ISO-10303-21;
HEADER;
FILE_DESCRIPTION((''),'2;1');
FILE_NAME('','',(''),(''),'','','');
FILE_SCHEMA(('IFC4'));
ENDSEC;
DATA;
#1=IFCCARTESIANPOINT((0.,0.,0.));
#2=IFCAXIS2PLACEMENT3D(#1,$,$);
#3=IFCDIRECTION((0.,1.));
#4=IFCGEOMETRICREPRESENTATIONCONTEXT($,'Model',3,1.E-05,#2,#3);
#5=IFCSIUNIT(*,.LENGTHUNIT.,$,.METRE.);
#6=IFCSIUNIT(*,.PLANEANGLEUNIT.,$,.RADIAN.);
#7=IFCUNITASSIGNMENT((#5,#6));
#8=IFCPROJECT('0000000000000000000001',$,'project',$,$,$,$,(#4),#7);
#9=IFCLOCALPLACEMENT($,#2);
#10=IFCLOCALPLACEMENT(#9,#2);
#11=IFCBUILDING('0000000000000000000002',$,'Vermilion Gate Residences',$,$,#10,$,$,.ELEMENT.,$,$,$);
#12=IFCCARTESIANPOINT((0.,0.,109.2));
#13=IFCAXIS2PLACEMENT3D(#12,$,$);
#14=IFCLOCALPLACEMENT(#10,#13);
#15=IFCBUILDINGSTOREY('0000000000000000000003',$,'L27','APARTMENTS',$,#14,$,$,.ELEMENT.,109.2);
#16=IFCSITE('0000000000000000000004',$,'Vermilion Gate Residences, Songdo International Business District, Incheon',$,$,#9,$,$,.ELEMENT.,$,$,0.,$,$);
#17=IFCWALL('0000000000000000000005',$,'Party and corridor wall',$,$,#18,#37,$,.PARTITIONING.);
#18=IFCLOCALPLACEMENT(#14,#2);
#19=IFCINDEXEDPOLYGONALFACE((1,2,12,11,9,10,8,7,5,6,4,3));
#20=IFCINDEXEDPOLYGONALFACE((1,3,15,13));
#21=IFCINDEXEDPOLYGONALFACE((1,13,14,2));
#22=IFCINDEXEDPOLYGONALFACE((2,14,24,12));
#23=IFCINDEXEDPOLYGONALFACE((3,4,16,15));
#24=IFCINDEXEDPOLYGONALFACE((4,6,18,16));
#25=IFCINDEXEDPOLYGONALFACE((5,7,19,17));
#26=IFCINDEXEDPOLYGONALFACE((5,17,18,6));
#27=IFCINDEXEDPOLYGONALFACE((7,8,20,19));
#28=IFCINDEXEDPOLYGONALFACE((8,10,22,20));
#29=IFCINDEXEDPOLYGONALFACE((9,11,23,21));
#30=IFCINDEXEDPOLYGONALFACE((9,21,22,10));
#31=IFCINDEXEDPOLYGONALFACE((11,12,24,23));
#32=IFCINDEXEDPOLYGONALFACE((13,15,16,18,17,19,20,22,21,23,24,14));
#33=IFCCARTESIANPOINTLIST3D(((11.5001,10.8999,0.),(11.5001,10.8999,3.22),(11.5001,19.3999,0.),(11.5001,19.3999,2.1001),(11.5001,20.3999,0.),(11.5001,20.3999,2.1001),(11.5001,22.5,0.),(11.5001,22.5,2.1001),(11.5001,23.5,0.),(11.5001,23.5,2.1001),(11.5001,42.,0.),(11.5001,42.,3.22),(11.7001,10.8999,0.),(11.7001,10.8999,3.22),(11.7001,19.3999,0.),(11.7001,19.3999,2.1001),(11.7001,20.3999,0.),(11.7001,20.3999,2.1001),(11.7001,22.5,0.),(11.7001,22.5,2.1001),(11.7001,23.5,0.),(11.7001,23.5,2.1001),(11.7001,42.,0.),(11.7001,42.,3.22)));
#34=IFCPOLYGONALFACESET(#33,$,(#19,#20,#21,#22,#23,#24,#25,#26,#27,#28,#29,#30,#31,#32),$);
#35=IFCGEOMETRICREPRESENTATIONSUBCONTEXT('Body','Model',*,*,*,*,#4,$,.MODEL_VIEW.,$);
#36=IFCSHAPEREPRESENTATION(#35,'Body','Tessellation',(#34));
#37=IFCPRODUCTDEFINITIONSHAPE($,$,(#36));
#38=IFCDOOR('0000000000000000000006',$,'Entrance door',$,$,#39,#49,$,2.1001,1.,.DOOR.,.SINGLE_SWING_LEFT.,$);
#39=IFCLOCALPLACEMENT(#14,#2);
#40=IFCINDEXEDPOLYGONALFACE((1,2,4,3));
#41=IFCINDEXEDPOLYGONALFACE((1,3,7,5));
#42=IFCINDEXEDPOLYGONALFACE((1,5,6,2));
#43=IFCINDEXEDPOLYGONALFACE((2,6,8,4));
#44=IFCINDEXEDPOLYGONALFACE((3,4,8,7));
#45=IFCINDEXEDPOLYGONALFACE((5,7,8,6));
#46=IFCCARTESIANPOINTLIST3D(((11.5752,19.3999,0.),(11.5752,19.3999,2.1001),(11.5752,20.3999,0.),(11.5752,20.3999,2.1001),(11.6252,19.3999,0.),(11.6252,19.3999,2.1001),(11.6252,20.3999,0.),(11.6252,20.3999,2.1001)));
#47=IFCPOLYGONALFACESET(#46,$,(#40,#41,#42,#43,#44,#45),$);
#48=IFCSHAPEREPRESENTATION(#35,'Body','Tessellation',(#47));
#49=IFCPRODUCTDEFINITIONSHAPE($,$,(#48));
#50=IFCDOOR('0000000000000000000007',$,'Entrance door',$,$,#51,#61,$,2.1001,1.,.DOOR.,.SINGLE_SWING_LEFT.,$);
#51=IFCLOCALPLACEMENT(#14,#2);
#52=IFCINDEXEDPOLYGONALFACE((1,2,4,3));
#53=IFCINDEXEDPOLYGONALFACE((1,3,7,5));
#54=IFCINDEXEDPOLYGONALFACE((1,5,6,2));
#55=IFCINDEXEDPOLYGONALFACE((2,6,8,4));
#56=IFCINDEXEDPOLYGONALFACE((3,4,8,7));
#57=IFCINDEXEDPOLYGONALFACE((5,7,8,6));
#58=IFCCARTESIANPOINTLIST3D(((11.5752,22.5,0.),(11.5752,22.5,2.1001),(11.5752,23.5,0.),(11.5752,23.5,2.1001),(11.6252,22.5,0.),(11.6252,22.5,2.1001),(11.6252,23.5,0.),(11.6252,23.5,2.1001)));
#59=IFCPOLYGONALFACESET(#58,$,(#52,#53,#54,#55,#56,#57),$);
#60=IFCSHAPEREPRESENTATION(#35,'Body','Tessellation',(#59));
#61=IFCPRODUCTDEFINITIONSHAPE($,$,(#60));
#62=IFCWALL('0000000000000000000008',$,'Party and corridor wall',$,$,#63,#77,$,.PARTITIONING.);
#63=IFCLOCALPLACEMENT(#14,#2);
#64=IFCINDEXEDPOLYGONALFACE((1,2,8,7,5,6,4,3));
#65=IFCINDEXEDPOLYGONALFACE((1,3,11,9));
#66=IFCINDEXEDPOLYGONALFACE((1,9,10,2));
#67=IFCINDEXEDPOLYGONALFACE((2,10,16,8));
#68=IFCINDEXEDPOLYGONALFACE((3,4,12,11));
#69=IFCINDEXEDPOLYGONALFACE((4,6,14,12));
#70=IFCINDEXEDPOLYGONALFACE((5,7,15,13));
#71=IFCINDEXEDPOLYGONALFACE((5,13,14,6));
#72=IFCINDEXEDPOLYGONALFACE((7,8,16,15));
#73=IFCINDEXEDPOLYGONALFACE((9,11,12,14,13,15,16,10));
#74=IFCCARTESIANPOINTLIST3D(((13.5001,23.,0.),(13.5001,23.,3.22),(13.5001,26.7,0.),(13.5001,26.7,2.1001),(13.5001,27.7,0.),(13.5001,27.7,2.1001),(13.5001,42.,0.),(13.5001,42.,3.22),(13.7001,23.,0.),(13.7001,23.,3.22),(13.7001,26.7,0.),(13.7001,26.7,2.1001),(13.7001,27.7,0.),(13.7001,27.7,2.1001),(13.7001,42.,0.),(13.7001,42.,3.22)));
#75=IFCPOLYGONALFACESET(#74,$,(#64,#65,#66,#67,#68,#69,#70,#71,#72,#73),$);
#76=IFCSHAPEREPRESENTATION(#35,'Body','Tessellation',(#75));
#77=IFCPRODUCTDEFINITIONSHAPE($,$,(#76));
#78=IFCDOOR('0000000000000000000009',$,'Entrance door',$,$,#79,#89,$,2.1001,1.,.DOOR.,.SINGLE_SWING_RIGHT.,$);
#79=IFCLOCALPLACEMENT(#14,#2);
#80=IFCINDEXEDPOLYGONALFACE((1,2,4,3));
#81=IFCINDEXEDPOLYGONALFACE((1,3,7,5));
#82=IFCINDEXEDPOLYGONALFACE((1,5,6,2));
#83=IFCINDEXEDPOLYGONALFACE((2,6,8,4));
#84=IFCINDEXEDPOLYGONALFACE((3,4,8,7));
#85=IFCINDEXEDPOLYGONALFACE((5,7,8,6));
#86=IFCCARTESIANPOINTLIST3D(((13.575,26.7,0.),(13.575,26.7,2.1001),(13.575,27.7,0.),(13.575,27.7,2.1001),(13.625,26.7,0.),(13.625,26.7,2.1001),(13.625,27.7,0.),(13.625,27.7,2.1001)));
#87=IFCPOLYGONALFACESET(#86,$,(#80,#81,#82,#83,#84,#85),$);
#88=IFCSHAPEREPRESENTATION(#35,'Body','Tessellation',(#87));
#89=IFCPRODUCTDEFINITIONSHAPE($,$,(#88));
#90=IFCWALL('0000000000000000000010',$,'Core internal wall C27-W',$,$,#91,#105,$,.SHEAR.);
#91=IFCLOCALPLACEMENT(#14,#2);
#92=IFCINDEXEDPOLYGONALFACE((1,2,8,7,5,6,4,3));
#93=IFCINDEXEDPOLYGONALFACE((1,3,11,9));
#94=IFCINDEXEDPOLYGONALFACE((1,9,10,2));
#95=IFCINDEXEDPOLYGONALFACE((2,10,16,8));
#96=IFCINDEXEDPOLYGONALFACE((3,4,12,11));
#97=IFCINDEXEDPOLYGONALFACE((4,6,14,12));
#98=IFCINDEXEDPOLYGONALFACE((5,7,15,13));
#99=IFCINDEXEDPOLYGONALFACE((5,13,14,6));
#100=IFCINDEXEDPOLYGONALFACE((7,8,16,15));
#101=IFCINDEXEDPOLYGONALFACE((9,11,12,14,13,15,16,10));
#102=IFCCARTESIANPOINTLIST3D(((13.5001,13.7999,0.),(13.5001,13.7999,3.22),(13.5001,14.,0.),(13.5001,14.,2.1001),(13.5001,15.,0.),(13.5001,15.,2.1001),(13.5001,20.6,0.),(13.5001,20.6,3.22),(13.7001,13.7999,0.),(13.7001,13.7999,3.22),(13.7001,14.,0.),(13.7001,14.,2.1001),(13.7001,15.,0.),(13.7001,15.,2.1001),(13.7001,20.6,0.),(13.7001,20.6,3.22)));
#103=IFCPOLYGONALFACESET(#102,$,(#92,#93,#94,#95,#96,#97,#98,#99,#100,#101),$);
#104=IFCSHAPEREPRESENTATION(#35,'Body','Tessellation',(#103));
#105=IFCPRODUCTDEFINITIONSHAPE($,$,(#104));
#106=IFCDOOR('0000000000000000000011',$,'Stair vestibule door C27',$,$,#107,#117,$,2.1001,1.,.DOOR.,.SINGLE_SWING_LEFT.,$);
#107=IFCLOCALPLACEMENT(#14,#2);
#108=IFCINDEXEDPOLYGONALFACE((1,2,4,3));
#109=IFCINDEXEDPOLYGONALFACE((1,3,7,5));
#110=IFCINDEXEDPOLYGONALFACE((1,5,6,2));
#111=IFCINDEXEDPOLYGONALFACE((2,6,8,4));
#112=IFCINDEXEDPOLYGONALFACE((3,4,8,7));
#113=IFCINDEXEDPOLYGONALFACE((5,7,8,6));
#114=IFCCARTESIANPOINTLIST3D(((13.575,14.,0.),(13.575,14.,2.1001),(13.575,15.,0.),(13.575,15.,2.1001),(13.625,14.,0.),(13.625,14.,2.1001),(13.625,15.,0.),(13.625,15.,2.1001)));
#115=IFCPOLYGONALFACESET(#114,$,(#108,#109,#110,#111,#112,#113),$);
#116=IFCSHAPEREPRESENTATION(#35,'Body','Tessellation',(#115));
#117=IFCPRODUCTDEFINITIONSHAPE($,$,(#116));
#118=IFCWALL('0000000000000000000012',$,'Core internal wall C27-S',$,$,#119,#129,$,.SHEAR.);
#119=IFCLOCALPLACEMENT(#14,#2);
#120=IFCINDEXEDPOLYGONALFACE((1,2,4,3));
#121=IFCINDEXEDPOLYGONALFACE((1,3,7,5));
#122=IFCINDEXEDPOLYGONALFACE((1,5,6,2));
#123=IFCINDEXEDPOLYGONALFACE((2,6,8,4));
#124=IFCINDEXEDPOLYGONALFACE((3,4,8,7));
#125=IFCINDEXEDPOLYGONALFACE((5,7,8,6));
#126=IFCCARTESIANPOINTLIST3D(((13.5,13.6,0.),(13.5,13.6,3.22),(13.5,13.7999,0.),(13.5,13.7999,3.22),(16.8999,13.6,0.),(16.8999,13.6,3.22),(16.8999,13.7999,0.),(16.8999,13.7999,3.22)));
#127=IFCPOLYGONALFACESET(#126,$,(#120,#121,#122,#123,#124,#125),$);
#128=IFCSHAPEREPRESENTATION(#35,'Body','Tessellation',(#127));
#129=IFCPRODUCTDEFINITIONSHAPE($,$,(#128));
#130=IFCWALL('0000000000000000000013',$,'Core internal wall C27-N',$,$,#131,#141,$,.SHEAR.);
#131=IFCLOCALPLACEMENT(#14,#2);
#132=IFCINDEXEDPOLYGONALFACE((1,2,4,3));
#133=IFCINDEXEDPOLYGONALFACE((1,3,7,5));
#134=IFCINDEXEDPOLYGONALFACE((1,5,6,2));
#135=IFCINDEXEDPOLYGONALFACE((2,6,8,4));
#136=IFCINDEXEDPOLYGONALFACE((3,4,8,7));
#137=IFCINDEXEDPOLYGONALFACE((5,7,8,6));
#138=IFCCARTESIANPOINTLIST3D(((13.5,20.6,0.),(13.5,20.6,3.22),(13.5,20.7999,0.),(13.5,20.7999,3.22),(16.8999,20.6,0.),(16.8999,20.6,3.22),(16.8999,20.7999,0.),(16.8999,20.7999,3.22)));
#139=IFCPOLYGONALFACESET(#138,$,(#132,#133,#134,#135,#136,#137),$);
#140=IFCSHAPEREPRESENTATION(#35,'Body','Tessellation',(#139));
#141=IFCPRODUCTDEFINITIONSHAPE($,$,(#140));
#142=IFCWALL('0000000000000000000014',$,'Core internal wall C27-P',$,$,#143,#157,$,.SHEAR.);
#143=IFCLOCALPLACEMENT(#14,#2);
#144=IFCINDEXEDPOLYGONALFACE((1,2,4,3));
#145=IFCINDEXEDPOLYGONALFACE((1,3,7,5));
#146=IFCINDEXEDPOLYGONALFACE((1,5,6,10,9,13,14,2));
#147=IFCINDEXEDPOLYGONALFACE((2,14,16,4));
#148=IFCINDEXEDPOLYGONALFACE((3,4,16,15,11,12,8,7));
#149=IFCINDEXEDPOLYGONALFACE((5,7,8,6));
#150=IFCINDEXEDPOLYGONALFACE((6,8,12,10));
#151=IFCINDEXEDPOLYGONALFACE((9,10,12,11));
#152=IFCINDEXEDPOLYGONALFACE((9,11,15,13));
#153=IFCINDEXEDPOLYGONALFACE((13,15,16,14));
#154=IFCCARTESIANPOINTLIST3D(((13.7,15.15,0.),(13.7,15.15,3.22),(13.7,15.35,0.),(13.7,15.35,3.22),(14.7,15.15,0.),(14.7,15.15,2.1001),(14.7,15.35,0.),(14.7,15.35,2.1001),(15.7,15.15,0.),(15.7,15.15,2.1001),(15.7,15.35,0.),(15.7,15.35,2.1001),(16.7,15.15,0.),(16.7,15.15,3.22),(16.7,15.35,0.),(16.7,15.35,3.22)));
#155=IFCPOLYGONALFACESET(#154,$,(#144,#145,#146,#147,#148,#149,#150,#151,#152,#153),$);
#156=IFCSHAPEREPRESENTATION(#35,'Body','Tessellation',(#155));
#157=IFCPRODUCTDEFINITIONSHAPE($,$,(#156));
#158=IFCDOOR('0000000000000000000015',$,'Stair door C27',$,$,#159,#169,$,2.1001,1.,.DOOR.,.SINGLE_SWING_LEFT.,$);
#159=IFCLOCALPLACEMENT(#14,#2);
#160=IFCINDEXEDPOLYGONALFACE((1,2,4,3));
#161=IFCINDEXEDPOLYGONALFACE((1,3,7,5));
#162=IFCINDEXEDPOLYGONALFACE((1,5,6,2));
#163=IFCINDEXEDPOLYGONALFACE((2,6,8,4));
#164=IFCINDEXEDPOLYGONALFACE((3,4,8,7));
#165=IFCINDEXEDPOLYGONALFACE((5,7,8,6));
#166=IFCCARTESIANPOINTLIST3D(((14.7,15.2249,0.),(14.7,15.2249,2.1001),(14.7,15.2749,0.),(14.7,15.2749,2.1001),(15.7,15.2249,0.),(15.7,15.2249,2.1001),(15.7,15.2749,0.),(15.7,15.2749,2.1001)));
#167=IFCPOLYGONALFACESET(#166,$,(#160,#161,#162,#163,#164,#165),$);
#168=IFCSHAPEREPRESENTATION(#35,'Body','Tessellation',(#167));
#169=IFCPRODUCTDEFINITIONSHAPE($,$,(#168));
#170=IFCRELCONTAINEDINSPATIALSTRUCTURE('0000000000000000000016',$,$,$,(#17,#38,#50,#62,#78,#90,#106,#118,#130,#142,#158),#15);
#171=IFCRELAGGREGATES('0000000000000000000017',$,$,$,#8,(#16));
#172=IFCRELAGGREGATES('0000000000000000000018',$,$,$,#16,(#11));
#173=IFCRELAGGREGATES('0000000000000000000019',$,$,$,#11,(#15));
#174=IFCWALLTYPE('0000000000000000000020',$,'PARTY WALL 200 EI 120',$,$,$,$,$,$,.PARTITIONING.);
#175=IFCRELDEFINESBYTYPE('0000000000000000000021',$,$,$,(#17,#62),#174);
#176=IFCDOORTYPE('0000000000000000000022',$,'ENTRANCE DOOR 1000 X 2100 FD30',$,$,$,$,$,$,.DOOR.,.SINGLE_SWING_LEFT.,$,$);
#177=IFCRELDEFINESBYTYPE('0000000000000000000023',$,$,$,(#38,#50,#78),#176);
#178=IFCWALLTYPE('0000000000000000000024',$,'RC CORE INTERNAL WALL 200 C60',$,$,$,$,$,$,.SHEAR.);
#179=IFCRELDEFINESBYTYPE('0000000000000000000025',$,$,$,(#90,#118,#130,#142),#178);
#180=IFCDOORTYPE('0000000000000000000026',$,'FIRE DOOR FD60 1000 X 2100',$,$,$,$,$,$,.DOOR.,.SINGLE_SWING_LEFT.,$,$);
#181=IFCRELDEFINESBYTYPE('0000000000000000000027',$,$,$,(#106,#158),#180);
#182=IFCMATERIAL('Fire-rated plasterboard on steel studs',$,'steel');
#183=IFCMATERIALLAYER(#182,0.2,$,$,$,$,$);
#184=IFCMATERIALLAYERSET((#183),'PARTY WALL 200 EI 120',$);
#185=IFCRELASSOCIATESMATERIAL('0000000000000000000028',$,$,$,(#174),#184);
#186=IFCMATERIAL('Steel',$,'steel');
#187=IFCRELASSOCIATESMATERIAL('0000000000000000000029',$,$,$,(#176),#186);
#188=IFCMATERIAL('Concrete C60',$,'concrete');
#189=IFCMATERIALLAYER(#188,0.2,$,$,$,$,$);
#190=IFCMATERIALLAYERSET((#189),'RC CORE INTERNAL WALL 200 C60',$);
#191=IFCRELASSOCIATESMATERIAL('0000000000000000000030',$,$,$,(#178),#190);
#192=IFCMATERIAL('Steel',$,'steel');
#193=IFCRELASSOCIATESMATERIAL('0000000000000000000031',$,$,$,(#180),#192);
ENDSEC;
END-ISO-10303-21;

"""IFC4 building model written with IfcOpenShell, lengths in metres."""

from ifc_helpers import new_model, si_unit, direction, frame, frame_2d, origin, place, context, subcontext, project, spatial, rectangle, extrude, material, layer, layer_set, type_object, element, fill, save


model = new_model("IFC4")

# Units and contexts
model_context = context("Model", 3, precision=1e-05, world=origin(), true_north=direction((0.0, 1.0)))
body_context = subcontext(model_context, "Body", "Model", "MODEL_VIEW")
ifc_project = project(units=[si_unit("LENGTHUNIT", "METRE"), si_unit("PLANEANGLEUNIT", "RADIAN")], contexts=[model_context])

# Site, building, storey
site_placement = place(None, origin())
site = spatial("IfcSite", under=ifc_project, at=site_placement, Name="Vermilion Gate Residences, Songdo International Business District, Incheon", CompositionType="ELEMENT", RefElevation=0.0)
building_placement = place(site_placement, origin())
building = spatial("IfcBuilding", under=site, at=building_placement, Name="Vermilion Gate Residences", CompositionType="ELEMENT")
storey_placement = place(building_placement, frame((0.0, 0.0, 109.2)))
storey = spatial("IfcBuildingStorey", under=building, at=storey_placement, Name="L27", Description="APARTMENTS", CompositionType="ELEMENT", Elevation=109.2)

# Shared definitions
ifc_material_1 = material(Name="Fire-rated plasterboard on steel studs", Category="steel")
ifc_layer_1 = layer(ifc_material_1, 0.2)
ifc_layer_set_1 = layer_set([ifc_layer_1], Name="PARTY WALL 200 EI 120")
wall_type_1 = type_object("IfcWallType", Name="PARTY WALL 200 EI 120", PredefinedType="PARTITIONING", material=ifc_layer_set_1)
ifc_material_2 = material(Name="Steel", Category="steel")
door_type_1 = type_object("IfcDoorType", Name="ENTRANCE DOOR 1000 X 2100 FD30", OperationType="SINGLE_SWING_LEFT", PredefinedType="DOOR", material=ifc_material_2)

# Wall, openings, doors
wall_1_placement = place(storey_placement, frame((11.6001, 10.8999, 0.0), z_axis=(0.0, 0.0, 1.0), x_axis=(0.0, 1.0, 0.0)))
wall_1 = element("IfcWall", 1, at=wall_1_placement, inside=storey, type_object=wall_type_1, Name="Party and corridor wall", PredefinedType="PARTITIONING", context=body_context, shape_type="SweptSolid", body=[
    extrude(rectangle(XDim=31.1001, YDim=0.2, at=frame_2d((15.55, 0.0))), origin(), (0.0, 0.0, 1.0), 3.22),
])
opening_1_placement = place(wall_1_placement, frame((8.5, 0.0, 0.0)))
opening_1 = element("IfcOpeningElement", 2, at=opening_1_placement, cuts=wall_1, PredefinedType="OPENING", context=body_context, shape_type="SweptSolid", body=[
    extrude(rectangle(XDim=1.0, YDim=2.1001, at=frame_2d((0.5, 1.05))), frame((0.0, 0.1099, 0.0), z_axis=(0.0, -1.0, 0.0), x_axis=(1.0, 0.0, 0.0)), (0.0, 0.0, 1.0), 0.22),
])
opening_2_placement = place(wall_1_placement, frame((11.6001, 0.0, 0.0)))
opening_2 = element("IfcOpeningElement", 3, at=opening_2_placement, cuts=wall_1, PredefinedType="OPENING", context=body_context, shape_type="SweptSolid", body=[
    extrude(rectangle(XDim=1.0, YDim=2.1001, at=frame_2d((0.5, 1.05))), frame((0.0, 0.1099, 0.0), z_axis=(0.0, -1.0, 0.0), x_axis=(1.0, 0.0, 0.0)), (0.0, 0.0, 1.0), 0.22),
])
door_1_placement = place(opening_1_placement, origin())
door_1 = element("IfcDoor", 4, at=door_1_placement, inside=storey, type_object=door_type_1, Name="Entrance door", OperationType="SINGLE_SWING_LEFT", OverallHeight=2.1001, OverallWidth=1.0, PredefinedType="DOOR", context=body_context, shape_type="SweptSolid", body=[
    extrude(rectangle(XDim=1.0, YDim=2.1001, at=frame_2d((0.5, 1.05))), frame((0.0, 0.0249, 0.0), z_axis=(0.0, -1.0, 0.0), x_axis=(1.0, 0.0, 0.0)), (0.0, 0.0, 1.0), 0.05),
])
fill(opening_1, door_1)
door_2_placement = place(opening_2_placement, origin())
door_2 = element("IfcDoor", 5, at=door_2_placement, inside=storey, type_object=door_type_1, Name="Entrance door", OperationType="SINGLE_SWING_LEFT", OverallHeight=2.1001, OverallWidth=1.0, PredefinedType="DOOR", context=body_context, shape_type="SweptSolid", body=[
    extrude(rectangle(XDim=1.0, YDim=2.1001, at=frame_2d((0.5, 1.05))), frame((0.0, 0.0249, 0.0), z_axis=(0.0, -1.0, 0.0), x_axis=(1.0, 0.0, 0.0)), (0.0, 0.0, 1.0), 0.05),
])
fill(opening_2, door_2)

# Walls, openings, doors
wall_2_placement = place(storey_placement, frame((13.6001, 23.0, 0.0), z_axis=(0.0, 0.0, 1.0), x_axis=(0.0, 1.0, 0.0)))
wall_2 = element("IfcWall", 6, at=wall_2_placement, inside=storey, type_object=wall_type_1, Name="Party and corridor wall", PredefinedType="PARTITIONING", context=body_context, shape_type="SweptSolid", body=[
    extrude(rectangle(XDim=19.0, YDim=0.2, at=frame_2d((9.5, 0.0))), origin(), (0.0, 0.0, 1.0), 3.22),
])
opening_3_placement = place(wall_2_placement, frame((3.7, 0.0, 0.0)))
opening_3 = element("IfcOpeningElement", 7, at=opening_3_placement, cuts=wall_2, PredefinedType="OPENING", context=body_context, shape_type="SweptSolid", body=[
    extrude(rectangle(XDim=1.0, YDim=2.1001, at=frame_2d((0.5, 1.05))), frame((0.0, 0.1099, 0.0), z_axis=(0.0, -1.0, 0.0), x_axis=(1.0, 0.0, 0.0)), (0.0, 0.0, 1.0), 0.22),
])
door_3_placement = place(opening_3_placement, frame((1.0, 0.0, 0.0), z_axis=(0.0, 0.0, 1.0), x_axis=(-1.0, 0.0, 0.0)))
door_3 = element("IfcDoor", 8, at=door_3_placement, inside=storey, type_object=door_type_1, Name="Entrance door", OperationType="SINGLE_SWING_RIGHT", OverallHeight=2.1001, OverallWidth=1.0, PredefinedType="DOOR", context=body_context, shape_type="SweptSolid", body=[
    extrude(rectangle(XDim=1.0, YDim=2.1001, at=frame_2d((0.5, 1.05))), frame((0.0, 0.0249, 0.0), z_axis=(0.0, -1.0, 0.0), x_axis=(1.0, 0.0, 0.0)), (0.0, 0.0, 1.0), 0.05),
])
fill(opening_3, door_3)
ifc_material_3 = material(Name="Concrete C60", Category="concrete")
ifc_layer_2 = layer(ifc_material_3, 0.2)
ifc_layer_set_2 = layer_set([ifc_layer_2], Name="RC CORE INTERNAL WALL 200 C60")
wall_type_2 = type_object("IfcWallType", Name="RC CORE INTERNAL WALL 200 C60", PredefinedType="SHEAR", material=ifc_layer_set_2)
wall_3_placement = place(storey_placement, frame((13.6001, 13.8, 0.0), z_axis=(0.0, 0.0, 1.0), x_axis=(0.0, 1.0, 0.0)))
wall_3 = element("IfcWall", 9, at=wall_3_placement, inside=storey, type_object=wall_type_2, Name="Core internal wall C27-W", PredefinedType="SHEAR", context=body_context, shape_type="SweptSolid", body=[
    extrude(rectangle(XDim=6.8, YDim=0.2, at=frame_2d((3.3999, 0.0))), origin(), (0.0, 0.0, 1.0), 3.22),
])
opening_4_placement = place(wall_3_placement, frame((0.2, 0.0, 0.0)))
opening_4 = element("IfcOpeningElement", 10, at=opening_4_placement, cuts=wall_3, PredefinedType="OPENING", context=body_context, shape_type="SweptSolid", body=[
    extrude(rectangle(XDim=1.0, YDim=2.1001, at=frame_2d((0.5, 1.05))), frame((0.0, 0.1099, 0.0), z_axis=(0.0, -1.0, 0.0), x_axis=(1.0, 0.0, 0.0)), (0.0, 0.0, 1.0), 0.22),
])
ifc_material_4 = material(Name="Steel", Category="steel")
door_type_2 = type_object("IfcDoorType", Name="FIRE DOOR FD60 1000 X 2100", OperationType="SINGLE_SWING_LEFT", PredefinedType="DOOR", material=ifc_material_4)
door_4_placement = place(opening_4_placement, frame((1.0, 0.0, 0.0), z_axis=(0.0, 0.0, 1.0), x_axis=(-1.0, 0.0, 0.0)))
door_4 = element("IfcDoor", 11, at=door_4_placement, inside=storey, type_object=door_type_2, Name="Stair vestibule door C27", OperationType="SINGLE_SWING_LEFT", OverallHeight=2.1001, OverallWidth=1.0, PredefinedType="DOOR", context=body_context, shape_type="SweptSolid", body=[
    extrude(rectangle(XDim=1.0, YDim=2.1001, at=frame_2d((0.5, 1.05))), frame((0.0, 0.0249, 0.0), z_axis=(0.0, -1.0, 0.0), x_axis=(1.0, 0.0, 0.0)), (0.0, 0.0, 1.0), 0.05),
])
fill(opening_4, door_4)

# Walls
for number, where, z_axis, x_axis, name in (
    (12, (13.5, 13.7, 0.0), (0.0, 0.0, 1.0), (1.0, 0.0, 0.0), "Core internal wall C27-S"),
    (13, (13.5, 20.7, 0.0), (0.0, 0.0, 1.0), (1.0, 0.0, 0.0), "Core internal wall C27-N"),
):
    element("IfcWall", number, at=place(storey_placement, frame(where, z_axis=z_axis, x_axis=x_axis)), inside=storey, type_object=wall_type_2, Name=name, PredefinedType="SHEAR", context=body_context, shape_type="SweptSolid", body=[
        extrude(rectangle(XDim=3.3999, YDim=0.2, at=frame_2d((1.7, 0.0))), origin(), (0.0, 0.0, 1.0), 3.22),
    ])

# Wall, opening, door
wall_4_placement = place(storey_placement, frame((13.7, 15.25, 0.0), z_axis=(0.0, 0.0, 1.0), x_axis=(1.0, 0.0, 0.0)))
wall_4 = element("IfcWall", 14, at=wall_4_placement, inside=storey, type_object=wall_type_2, Name="Core internal wall C27-P", PredefinedType="SHEAR", context=body_context, shape_type="SweptSolid", body=[
    extrude(rectangle(XDim=3.0, YDim=0.2, at=frame_2d((1.5, 0.0))), origin(), (0.0, 0.0, 1.0), 3.22),
])
opening_5_placement = place(wall_4_placement, frame((1.0, 0.0, 0.0)))
opening_5 = element("IfcOpeningElement", 15, at=opening_5_placement, cuts=wall_4, PredefinedType="OPENING", context=body_context, shape_type="SweptSolid", body=[
    extrude(rectangle(XDim=1.0, YDim=2.1001, at=frame_2d((0.5, 1.05))), frame((0.0, 0.1099, 0.0), z_axis=(0.0, -1.0, 0.0), x_axis=(1.0, 0.0, 0.0)), (0.0, 0.0, 1.0), 0.22),
])
door_5_placement = place(opening_5_placement, origin())
door_5 = element("IfcDoor", 16, at=door_5_placement, inside=storey, type_object=door_type_2, Name="Stair door C27", OperationType="SINGLE_SWING_LEFT", OverallHeight=2.1001, OverallWidth=1.0, PredefinedType="DOOR", context=body_context, shape_type="SweptSolid", body=[
    extrude(rectangle(XDim=1.0, YDim=2.1001, at=frame_2d((0.5, 1.05))), frame((0.0, 0.0249, 0.0), z_axis=(0.0, -1.0, 0.0), x_axis=(1.0, 0.0, 0.0)), (0.0, 0.0, 1.0), 0.05),
])
fill(opening_5, door_5)

save(model, "model.ifc")
